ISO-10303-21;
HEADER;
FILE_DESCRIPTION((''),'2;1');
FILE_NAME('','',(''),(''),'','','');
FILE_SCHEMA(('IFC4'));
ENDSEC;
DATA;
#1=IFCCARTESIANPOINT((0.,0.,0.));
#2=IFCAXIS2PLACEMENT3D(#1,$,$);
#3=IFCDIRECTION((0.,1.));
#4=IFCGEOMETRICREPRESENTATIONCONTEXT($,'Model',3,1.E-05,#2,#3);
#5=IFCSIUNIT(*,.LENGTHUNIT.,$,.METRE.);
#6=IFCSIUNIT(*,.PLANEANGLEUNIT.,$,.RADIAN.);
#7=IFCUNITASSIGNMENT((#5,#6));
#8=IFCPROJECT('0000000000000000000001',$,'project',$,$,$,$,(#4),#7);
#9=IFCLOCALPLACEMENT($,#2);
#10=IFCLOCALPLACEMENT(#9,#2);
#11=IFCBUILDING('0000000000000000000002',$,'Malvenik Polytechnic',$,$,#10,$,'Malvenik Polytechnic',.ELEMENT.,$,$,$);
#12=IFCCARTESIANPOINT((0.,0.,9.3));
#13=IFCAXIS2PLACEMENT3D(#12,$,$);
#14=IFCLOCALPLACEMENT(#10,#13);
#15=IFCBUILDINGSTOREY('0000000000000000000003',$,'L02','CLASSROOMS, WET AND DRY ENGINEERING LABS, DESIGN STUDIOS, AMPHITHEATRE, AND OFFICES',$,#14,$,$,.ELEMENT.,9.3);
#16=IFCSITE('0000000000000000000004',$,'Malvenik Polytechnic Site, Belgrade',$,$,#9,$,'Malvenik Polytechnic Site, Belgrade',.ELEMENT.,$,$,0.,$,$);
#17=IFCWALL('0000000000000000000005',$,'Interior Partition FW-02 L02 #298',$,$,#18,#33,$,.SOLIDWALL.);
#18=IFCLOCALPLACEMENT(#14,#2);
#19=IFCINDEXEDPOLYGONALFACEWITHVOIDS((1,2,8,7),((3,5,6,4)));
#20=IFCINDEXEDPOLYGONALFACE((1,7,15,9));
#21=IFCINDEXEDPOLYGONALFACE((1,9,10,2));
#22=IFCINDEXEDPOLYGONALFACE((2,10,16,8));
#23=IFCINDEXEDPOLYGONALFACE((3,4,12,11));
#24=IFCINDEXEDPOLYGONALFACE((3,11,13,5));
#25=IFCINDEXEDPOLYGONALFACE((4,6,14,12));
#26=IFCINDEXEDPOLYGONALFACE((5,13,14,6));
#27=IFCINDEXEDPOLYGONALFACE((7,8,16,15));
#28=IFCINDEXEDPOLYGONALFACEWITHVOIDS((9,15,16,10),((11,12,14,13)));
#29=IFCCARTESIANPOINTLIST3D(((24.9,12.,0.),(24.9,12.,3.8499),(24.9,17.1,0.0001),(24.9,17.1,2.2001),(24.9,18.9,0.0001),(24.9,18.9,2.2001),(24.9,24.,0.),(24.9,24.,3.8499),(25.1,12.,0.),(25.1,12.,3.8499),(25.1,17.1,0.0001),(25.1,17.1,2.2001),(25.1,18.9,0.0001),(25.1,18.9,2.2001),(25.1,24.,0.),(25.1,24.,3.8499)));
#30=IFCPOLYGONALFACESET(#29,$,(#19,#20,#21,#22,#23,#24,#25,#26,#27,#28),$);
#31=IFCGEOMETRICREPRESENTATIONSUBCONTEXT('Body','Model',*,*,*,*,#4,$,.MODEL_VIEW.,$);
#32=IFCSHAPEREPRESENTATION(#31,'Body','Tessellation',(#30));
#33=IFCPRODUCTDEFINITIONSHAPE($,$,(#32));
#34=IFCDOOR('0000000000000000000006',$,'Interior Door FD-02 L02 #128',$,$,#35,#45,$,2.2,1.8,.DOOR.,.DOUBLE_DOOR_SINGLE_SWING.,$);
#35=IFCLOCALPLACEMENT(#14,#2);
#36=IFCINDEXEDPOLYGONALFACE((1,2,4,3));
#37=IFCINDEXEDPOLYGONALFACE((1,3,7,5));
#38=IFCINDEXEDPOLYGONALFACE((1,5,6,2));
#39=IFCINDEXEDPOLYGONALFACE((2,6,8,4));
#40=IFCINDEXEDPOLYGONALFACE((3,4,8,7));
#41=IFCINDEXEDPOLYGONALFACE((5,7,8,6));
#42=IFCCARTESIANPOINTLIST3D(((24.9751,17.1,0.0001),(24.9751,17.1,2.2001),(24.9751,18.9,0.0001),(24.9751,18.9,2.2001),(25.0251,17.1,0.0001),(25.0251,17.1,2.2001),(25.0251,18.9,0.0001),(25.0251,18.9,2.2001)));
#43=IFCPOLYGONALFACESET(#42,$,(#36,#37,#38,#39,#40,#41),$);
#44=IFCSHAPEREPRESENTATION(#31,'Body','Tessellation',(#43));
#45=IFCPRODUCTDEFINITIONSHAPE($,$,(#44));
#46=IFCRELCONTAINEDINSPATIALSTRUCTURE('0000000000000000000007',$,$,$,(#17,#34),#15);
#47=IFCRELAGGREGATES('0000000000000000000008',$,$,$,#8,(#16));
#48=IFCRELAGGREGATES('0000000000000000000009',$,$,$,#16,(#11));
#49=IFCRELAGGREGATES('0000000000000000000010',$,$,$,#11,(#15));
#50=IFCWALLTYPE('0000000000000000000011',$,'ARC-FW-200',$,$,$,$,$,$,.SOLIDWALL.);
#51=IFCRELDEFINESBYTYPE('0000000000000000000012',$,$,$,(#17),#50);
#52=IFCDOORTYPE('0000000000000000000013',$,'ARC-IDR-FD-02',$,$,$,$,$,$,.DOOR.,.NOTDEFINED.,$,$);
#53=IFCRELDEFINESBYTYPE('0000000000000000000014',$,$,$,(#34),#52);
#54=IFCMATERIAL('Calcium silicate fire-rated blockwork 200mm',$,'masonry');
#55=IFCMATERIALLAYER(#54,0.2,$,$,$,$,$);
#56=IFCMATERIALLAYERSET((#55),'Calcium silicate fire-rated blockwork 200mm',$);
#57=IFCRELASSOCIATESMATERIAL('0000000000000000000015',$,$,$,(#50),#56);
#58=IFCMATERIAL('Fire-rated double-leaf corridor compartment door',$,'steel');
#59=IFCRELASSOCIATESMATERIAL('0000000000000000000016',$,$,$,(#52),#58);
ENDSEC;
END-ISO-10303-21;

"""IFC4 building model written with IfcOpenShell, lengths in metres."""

from ifc_helpers import new_model, si_unit, direction, frame, frame_2d, origin, place, context, subcontext, project, spatial, rectangle, extrude, material, layer, layer_set, type_object, element, fill, save


model = new_model("IFC4")

# Units and contexts
model_context = context("Model", 3, precision=1e-05, world=origin(), true_north=direction((0.0, 1.0)))
body_context = subcontext(model_context, "Body", "Model", "MODEL_VIEW")
ifc_project = project(units=[si_unit("LENGTHUNIT", "METRE"), si_unit("PLANEANGLEUNIT", "RADIAN")], contexts=[model_context])

# Site, building, storey
site_placement = place(None, origin())
site = spatial("IfcSite", under=ifc_project, at=site_placement, Name="Malvenik Polytechnic Site, Belgrade", LongName="Malvenik Polytechnic Site, Belgrade", CompositionType="ELEMENT", RefElevation=0.0)
building_placement = place(site_placement, origin())
building = spatial("IfcBuilding", under=site, at=building_placement, Name="Malvenik Polytechnic", LongName="Malvenik Polytechnic", CompositionType="ELEMENT")
storey_placement = place(building_placement, frame((0.0, 0.0, 9.3)))
storey = spatial("IfcBuildingStorey", under=building, at=storey_placement, Name="L02", Description="CLASSROOMS, WET AND DRY ENGINEERING LABS, DESIGN STUDIOS, AMPHITHEATRE, AND OFFICES", CompositionType="ELEMENT", Elevation=9.3)

# Wall, opening, door
ifc_material_1 = material(Name="Calcium silicate fire-rated blockwork 200mm", Category="masonry")
ifc_layer_1 = layer(ifc_material_1, 0.2)
ifc_layer_set_1 = layer_set([ifc_layer_1], Name="Calcium silicate fire-rated blockwork 200mm")
wall_type_1 = type_object("IfcWallType", Name="ARC-FW-200", PredefinedType="SOLIDWALL", material=ifc_layer_set_1)
wall_1_placement = place(storey_placement, frame((25.0, 12.0, 0.0), z_axis=(0.0, 0.0, 1.0), x_axis=(0.0, 1.0, 0.0)))
wall_1 = element("IfcWall", 1, at=wall_1_placement, inside=storey, type_object=wall_type_1, Name="Interior Partition FW-02 L02 #298", PredefinedType="SOLIDWALL", context=body_context, shape_type="SweptSolid", body=[
    extrude(rectangle(XDim=12.0, YDim=0.2, at=frame_2d((6.0, 0.0))), origin(), (0.0, 0.0, 1.0), 3.8499),
])
opening_1_placement = place(wall_1_placement, frame((5.1001, 0.0, 0.0)))
opening_1 = element("IfcOpeningElement", 2, at=opening_1_placement, cuts=wall_1, PredefinedType="OPENING", context=body_context, shape_type="SweptSolid", body=[
    extrude(rectangle(XDim=1.8, YDim=2.2, at=frame_2d((0.8999, 1.1001))), frame((0.0, 0.1099, 0.0), z_axis=(0.0, -1.0, 0.0), x_axis=(1.0, 0.0, 0.0)), (0.0, 0.0, 1.0), 0.22),
])
ifc_material_2 = material(Name="Fire-rated double-leaf corridor compartment door", Category="steel")
door_type = type_object("IfcDoorType", Name="ARC-IDR-FD-02", OperationType="NOTDEFINED", PredefinedType="DOOR", material=ifc_material_2)
door_placement = place(opening_1_placement, origin())
door = element("IfcDoor", 3, at=door_placement, inside=storey, type_object=door_type, Name="Interior Door FD-02 L02 #128", OperationType="DOUBLE_DOOR_SINGLE_SWING", OverallHeight=2.2, OverallWidth=1.8, PredefinedType="DOOR", context=body_context, shape_type="SweptSolid", body=[
    extrude(rectangle(XDim=1.8, YDim=2.2, at=frame_2d((0.8999, 1.1001))), frame((0.0, 0.0249, 0.0), z_axis=(0.0, -1.0, 0.0), x_axis=(1.0, 0.0, 0.0)), (0.0, 0.0, 1.0), 0.05),
])
fill(opening_1, door)

save(model, "model.ifc")
